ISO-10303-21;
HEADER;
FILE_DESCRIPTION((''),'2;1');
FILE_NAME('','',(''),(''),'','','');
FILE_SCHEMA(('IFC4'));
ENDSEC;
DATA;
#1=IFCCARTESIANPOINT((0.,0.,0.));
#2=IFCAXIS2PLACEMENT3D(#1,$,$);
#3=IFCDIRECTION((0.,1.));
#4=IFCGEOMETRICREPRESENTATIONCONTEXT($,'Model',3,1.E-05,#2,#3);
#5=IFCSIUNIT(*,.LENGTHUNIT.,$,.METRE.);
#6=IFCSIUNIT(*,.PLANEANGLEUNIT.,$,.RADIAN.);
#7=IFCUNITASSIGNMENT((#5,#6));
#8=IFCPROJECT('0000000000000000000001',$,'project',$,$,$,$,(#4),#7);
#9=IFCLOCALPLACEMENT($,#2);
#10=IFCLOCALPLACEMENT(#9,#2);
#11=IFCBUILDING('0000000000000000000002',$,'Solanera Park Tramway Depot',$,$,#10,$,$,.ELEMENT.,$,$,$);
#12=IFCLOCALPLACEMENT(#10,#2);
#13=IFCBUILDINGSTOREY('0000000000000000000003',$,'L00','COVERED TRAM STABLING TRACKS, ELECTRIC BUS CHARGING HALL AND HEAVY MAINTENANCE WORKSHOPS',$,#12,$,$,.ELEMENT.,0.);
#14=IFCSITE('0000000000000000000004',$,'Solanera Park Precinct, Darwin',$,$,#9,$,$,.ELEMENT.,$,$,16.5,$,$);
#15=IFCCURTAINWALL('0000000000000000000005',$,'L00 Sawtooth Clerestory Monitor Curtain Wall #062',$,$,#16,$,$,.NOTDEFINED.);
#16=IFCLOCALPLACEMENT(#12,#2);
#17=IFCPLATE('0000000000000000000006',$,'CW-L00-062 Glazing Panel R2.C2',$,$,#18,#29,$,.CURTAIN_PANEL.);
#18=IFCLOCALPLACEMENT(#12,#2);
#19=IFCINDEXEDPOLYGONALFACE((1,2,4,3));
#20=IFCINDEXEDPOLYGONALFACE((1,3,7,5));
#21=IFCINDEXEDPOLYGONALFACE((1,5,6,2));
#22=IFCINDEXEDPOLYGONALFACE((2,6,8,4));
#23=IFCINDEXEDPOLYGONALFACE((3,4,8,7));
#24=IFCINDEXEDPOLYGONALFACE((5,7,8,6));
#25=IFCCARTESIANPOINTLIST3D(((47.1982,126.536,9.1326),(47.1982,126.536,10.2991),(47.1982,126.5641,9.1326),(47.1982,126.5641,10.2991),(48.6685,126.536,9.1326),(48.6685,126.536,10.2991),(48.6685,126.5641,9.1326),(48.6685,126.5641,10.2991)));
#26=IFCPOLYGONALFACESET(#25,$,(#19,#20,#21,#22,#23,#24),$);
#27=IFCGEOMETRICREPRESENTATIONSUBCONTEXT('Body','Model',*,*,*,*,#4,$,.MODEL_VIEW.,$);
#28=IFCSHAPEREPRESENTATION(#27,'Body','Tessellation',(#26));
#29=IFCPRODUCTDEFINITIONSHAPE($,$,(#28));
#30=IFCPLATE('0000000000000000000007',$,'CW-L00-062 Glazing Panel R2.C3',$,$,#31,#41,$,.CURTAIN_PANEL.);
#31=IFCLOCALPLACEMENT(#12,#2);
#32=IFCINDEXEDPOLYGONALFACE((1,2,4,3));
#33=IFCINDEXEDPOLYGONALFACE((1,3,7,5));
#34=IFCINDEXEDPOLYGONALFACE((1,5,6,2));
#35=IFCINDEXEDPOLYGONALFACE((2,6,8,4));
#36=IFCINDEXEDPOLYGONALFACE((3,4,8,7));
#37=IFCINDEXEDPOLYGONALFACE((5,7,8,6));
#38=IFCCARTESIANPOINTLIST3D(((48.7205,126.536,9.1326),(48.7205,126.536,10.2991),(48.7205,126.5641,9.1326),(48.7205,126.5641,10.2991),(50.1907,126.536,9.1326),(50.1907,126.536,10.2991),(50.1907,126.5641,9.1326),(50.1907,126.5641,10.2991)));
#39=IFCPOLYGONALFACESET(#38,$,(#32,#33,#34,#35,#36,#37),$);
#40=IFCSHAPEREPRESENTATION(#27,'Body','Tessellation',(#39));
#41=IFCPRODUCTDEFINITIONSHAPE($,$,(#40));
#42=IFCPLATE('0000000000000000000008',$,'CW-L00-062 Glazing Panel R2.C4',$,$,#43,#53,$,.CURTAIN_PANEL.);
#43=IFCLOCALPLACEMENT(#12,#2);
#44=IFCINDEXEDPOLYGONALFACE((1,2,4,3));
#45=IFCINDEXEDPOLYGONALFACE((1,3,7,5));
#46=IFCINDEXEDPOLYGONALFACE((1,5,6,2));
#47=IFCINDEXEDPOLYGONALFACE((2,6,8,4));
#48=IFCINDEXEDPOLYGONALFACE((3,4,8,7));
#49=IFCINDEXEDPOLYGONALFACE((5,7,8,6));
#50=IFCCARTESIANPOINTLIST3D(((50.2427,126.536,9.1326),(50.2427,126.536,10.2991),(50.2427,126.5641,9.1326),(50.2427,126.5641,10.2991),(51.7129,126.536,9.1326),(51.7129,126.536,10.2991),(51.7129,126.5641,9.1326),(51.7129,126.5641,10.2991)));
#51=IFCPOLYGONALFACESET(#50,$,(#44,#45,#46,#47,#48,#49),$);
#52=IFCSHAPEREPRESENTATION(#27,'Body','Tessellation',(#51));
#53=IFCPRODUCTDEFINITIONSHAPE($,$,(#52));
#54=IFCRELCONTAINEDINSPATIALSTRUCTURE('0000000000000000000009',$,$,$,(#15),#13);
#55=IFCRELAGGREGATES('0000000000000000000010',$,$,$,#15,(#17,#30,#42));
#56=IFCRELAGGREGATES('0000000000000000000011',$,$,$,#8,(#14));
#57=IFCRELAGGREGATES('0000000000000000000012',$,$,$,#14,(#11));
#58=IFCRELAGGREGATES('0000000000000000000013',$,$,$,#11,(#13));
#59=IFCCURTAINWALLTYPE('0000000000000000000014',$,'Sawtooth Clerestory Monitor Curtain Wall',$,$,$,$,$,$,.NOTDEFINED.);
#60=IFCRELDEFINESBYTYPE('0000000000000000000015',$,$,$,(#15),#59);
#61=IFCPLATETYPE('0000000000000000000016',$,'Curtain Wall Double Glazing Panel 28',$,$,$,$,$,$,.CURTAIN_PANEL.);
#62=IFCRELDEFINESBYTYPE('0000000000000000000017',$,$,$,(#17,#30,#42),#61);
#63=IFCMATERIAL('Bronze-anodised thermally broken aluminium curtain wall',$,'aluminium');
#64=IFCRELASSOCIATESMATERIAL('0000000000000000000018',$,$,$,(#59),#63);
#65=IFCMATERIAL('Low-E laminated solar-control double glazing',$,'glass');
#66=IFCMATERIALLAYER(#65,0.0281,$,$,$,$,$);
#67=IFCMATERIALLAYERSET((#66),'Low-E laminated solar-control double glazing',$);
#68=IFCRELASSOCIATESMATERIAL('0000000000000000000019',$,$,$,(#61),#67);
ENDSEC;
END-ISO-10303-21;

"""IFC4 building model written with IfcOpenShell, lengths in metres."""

from ifc_helpers import new_model, si_unit, direction, frame, origin, origin_2d, place, context, subcontext, project, spatial, rectangle, extrude, material, layer, layer_set, type_object, element, aggregate, save


model = new_model("IFC4")

# Units and contexts
model_context = context("Model", 3, precision=1e-05, world=origin(), true_north=direction((0.0, 1.0)))
body_context = subcontext(model_context, "Body", "Model", "MODEL_VIEW")
ifc_project = project(units=[si_unit("LENGTHUNIT", "METRE"), si_unit("PLANEANGLEUNIT", "RADIAN")], contexts=[model_context])

# Site, building, storey
site_placement = place(None, origin())
site = spatial("IfcSite", under=ifc_project, at=site_placement, Name="Solanera Park Precinct, Darwin", CompositionType="ELEMENT", RefElevation=16.5)
building_placement = place(site_placement, origin())
building = spatial("IfcBuilding", under=site, at=building_placement, Name="Solanera Park Tramway Depot", CompositionType="ELEMENT")
storey_placement = place(building_placement, origin())
storey = spatial("IfcBuildingStorey", under=building, at=storey_placement, Name="L00", Description="COVERED TRAM STABLING TRACKS, ELECTRIC BUS CHARGING HALL AND HEAVY MAINTENANCE WORKSHOPS", CompositionType="ELEMENT", Elevation=0.0)

# Curtain wall
ifc_material_1 = material(Name="Bronze-anodised thermally broken aluminium curtain wall", Category="aluminium")
curtain_wall_type = type_object("IfcCurtainWallType", Name="Sawtooth Clerestory Monitor Curtain Wall", PredefinedType="NOTDEFINED", material=ifc_material_1)
curtain_wall_1_placement = place(storey_placement, origin())
curtain_wall_1 = element("IfcCurtainWall", 1, at=curtain_wall_1_placement, inside=storey, type_object=curtain_wall_type, Name="L00 Sawtooth Clerestory Monitor Curtain Wall #062", PredefinedType="NOTDEFINED")

# Plates
ifc_material_2 = material(Name="Low-E laminated solar-control double glazing", Category="glass")
ifc_layer = layer(ifc_material_2, 0.0281)
ifc_layer_set = layer_set([ifc_layer], Name="Low-E laminated solar-control double glazing")
plate_type = type_object("IfcPlateType", Name="Curtain Wall Double Glazing Panel 28", PredefinedType="CURTAIN_PANEL", material=ifc_layer_set)
plate_1_placement = place(storey_placement, frame((47.9333, 126.55, 9.1326), z_axis=(0.0, 0.0, 1.0), x_axis=(1.0, 0.0, 0.0)))
plate_1 = element("IfcPlate", 2, at=plate_1_placement, type_object=plate_type, Name="CW-L00-062 Glazing Panel R2.C2", PredefinedType="CURTAIN_PANEL", context=body_context, shape_type="SweptSolid", body=[
    extrude(rectangle(XDim=1.4702, YDim=0.0281, at=origin_2d()), origin(), (0.0, 0.0, 1.0), 1.1665),
])
plate_2_placement = place(storey_placement, frame((49.4556, 126.55, 9.1326), z_axis=(0.0, 0.0, 1.0), x_axis=(1.0, 0.0, 0.0)))
plate_2 = element("IfcPlate", 3, at=plate_2_placement, type_object=plate_type, Name="CW-L00-062 Glazing Panel R2.C3", PredefinedType="CURTAIN_PANEL", context=body_context, shape_type="SweptSolid", body=[
    extrude(rectangle(XDim=1.4702, YDim=0.0281, at=origin_2d()), origin(), (0.0, 0.0, 1.0), 1.1665),
])
plate_3_placement = place(storey_placement, frame((50.9778, 126.55, 9.1326), z_axis=(0.0, 0.0, 1.0), x_axis=(1.0, 0.0, 0.0)))
plate_3 = element("IfcPlate", 4, at=plate_3_placement, type_object=plate_type, Name="CW-L00-062 Glazing Panel R2.C4", PredefinedType="CURTAIN_PANEL", context=body_context, shape_type="SweptSolid", body=[
    extrude(rectangle(XDim=1.4702, YDim=0.0281, at=origin_2d()), origin(), (0.0, 0.0, 1.0), 1.1665),
])
aggregate(curtain_wall_1, [plate_1, plate_2, plate_3])

save(model, "model.ifc")
